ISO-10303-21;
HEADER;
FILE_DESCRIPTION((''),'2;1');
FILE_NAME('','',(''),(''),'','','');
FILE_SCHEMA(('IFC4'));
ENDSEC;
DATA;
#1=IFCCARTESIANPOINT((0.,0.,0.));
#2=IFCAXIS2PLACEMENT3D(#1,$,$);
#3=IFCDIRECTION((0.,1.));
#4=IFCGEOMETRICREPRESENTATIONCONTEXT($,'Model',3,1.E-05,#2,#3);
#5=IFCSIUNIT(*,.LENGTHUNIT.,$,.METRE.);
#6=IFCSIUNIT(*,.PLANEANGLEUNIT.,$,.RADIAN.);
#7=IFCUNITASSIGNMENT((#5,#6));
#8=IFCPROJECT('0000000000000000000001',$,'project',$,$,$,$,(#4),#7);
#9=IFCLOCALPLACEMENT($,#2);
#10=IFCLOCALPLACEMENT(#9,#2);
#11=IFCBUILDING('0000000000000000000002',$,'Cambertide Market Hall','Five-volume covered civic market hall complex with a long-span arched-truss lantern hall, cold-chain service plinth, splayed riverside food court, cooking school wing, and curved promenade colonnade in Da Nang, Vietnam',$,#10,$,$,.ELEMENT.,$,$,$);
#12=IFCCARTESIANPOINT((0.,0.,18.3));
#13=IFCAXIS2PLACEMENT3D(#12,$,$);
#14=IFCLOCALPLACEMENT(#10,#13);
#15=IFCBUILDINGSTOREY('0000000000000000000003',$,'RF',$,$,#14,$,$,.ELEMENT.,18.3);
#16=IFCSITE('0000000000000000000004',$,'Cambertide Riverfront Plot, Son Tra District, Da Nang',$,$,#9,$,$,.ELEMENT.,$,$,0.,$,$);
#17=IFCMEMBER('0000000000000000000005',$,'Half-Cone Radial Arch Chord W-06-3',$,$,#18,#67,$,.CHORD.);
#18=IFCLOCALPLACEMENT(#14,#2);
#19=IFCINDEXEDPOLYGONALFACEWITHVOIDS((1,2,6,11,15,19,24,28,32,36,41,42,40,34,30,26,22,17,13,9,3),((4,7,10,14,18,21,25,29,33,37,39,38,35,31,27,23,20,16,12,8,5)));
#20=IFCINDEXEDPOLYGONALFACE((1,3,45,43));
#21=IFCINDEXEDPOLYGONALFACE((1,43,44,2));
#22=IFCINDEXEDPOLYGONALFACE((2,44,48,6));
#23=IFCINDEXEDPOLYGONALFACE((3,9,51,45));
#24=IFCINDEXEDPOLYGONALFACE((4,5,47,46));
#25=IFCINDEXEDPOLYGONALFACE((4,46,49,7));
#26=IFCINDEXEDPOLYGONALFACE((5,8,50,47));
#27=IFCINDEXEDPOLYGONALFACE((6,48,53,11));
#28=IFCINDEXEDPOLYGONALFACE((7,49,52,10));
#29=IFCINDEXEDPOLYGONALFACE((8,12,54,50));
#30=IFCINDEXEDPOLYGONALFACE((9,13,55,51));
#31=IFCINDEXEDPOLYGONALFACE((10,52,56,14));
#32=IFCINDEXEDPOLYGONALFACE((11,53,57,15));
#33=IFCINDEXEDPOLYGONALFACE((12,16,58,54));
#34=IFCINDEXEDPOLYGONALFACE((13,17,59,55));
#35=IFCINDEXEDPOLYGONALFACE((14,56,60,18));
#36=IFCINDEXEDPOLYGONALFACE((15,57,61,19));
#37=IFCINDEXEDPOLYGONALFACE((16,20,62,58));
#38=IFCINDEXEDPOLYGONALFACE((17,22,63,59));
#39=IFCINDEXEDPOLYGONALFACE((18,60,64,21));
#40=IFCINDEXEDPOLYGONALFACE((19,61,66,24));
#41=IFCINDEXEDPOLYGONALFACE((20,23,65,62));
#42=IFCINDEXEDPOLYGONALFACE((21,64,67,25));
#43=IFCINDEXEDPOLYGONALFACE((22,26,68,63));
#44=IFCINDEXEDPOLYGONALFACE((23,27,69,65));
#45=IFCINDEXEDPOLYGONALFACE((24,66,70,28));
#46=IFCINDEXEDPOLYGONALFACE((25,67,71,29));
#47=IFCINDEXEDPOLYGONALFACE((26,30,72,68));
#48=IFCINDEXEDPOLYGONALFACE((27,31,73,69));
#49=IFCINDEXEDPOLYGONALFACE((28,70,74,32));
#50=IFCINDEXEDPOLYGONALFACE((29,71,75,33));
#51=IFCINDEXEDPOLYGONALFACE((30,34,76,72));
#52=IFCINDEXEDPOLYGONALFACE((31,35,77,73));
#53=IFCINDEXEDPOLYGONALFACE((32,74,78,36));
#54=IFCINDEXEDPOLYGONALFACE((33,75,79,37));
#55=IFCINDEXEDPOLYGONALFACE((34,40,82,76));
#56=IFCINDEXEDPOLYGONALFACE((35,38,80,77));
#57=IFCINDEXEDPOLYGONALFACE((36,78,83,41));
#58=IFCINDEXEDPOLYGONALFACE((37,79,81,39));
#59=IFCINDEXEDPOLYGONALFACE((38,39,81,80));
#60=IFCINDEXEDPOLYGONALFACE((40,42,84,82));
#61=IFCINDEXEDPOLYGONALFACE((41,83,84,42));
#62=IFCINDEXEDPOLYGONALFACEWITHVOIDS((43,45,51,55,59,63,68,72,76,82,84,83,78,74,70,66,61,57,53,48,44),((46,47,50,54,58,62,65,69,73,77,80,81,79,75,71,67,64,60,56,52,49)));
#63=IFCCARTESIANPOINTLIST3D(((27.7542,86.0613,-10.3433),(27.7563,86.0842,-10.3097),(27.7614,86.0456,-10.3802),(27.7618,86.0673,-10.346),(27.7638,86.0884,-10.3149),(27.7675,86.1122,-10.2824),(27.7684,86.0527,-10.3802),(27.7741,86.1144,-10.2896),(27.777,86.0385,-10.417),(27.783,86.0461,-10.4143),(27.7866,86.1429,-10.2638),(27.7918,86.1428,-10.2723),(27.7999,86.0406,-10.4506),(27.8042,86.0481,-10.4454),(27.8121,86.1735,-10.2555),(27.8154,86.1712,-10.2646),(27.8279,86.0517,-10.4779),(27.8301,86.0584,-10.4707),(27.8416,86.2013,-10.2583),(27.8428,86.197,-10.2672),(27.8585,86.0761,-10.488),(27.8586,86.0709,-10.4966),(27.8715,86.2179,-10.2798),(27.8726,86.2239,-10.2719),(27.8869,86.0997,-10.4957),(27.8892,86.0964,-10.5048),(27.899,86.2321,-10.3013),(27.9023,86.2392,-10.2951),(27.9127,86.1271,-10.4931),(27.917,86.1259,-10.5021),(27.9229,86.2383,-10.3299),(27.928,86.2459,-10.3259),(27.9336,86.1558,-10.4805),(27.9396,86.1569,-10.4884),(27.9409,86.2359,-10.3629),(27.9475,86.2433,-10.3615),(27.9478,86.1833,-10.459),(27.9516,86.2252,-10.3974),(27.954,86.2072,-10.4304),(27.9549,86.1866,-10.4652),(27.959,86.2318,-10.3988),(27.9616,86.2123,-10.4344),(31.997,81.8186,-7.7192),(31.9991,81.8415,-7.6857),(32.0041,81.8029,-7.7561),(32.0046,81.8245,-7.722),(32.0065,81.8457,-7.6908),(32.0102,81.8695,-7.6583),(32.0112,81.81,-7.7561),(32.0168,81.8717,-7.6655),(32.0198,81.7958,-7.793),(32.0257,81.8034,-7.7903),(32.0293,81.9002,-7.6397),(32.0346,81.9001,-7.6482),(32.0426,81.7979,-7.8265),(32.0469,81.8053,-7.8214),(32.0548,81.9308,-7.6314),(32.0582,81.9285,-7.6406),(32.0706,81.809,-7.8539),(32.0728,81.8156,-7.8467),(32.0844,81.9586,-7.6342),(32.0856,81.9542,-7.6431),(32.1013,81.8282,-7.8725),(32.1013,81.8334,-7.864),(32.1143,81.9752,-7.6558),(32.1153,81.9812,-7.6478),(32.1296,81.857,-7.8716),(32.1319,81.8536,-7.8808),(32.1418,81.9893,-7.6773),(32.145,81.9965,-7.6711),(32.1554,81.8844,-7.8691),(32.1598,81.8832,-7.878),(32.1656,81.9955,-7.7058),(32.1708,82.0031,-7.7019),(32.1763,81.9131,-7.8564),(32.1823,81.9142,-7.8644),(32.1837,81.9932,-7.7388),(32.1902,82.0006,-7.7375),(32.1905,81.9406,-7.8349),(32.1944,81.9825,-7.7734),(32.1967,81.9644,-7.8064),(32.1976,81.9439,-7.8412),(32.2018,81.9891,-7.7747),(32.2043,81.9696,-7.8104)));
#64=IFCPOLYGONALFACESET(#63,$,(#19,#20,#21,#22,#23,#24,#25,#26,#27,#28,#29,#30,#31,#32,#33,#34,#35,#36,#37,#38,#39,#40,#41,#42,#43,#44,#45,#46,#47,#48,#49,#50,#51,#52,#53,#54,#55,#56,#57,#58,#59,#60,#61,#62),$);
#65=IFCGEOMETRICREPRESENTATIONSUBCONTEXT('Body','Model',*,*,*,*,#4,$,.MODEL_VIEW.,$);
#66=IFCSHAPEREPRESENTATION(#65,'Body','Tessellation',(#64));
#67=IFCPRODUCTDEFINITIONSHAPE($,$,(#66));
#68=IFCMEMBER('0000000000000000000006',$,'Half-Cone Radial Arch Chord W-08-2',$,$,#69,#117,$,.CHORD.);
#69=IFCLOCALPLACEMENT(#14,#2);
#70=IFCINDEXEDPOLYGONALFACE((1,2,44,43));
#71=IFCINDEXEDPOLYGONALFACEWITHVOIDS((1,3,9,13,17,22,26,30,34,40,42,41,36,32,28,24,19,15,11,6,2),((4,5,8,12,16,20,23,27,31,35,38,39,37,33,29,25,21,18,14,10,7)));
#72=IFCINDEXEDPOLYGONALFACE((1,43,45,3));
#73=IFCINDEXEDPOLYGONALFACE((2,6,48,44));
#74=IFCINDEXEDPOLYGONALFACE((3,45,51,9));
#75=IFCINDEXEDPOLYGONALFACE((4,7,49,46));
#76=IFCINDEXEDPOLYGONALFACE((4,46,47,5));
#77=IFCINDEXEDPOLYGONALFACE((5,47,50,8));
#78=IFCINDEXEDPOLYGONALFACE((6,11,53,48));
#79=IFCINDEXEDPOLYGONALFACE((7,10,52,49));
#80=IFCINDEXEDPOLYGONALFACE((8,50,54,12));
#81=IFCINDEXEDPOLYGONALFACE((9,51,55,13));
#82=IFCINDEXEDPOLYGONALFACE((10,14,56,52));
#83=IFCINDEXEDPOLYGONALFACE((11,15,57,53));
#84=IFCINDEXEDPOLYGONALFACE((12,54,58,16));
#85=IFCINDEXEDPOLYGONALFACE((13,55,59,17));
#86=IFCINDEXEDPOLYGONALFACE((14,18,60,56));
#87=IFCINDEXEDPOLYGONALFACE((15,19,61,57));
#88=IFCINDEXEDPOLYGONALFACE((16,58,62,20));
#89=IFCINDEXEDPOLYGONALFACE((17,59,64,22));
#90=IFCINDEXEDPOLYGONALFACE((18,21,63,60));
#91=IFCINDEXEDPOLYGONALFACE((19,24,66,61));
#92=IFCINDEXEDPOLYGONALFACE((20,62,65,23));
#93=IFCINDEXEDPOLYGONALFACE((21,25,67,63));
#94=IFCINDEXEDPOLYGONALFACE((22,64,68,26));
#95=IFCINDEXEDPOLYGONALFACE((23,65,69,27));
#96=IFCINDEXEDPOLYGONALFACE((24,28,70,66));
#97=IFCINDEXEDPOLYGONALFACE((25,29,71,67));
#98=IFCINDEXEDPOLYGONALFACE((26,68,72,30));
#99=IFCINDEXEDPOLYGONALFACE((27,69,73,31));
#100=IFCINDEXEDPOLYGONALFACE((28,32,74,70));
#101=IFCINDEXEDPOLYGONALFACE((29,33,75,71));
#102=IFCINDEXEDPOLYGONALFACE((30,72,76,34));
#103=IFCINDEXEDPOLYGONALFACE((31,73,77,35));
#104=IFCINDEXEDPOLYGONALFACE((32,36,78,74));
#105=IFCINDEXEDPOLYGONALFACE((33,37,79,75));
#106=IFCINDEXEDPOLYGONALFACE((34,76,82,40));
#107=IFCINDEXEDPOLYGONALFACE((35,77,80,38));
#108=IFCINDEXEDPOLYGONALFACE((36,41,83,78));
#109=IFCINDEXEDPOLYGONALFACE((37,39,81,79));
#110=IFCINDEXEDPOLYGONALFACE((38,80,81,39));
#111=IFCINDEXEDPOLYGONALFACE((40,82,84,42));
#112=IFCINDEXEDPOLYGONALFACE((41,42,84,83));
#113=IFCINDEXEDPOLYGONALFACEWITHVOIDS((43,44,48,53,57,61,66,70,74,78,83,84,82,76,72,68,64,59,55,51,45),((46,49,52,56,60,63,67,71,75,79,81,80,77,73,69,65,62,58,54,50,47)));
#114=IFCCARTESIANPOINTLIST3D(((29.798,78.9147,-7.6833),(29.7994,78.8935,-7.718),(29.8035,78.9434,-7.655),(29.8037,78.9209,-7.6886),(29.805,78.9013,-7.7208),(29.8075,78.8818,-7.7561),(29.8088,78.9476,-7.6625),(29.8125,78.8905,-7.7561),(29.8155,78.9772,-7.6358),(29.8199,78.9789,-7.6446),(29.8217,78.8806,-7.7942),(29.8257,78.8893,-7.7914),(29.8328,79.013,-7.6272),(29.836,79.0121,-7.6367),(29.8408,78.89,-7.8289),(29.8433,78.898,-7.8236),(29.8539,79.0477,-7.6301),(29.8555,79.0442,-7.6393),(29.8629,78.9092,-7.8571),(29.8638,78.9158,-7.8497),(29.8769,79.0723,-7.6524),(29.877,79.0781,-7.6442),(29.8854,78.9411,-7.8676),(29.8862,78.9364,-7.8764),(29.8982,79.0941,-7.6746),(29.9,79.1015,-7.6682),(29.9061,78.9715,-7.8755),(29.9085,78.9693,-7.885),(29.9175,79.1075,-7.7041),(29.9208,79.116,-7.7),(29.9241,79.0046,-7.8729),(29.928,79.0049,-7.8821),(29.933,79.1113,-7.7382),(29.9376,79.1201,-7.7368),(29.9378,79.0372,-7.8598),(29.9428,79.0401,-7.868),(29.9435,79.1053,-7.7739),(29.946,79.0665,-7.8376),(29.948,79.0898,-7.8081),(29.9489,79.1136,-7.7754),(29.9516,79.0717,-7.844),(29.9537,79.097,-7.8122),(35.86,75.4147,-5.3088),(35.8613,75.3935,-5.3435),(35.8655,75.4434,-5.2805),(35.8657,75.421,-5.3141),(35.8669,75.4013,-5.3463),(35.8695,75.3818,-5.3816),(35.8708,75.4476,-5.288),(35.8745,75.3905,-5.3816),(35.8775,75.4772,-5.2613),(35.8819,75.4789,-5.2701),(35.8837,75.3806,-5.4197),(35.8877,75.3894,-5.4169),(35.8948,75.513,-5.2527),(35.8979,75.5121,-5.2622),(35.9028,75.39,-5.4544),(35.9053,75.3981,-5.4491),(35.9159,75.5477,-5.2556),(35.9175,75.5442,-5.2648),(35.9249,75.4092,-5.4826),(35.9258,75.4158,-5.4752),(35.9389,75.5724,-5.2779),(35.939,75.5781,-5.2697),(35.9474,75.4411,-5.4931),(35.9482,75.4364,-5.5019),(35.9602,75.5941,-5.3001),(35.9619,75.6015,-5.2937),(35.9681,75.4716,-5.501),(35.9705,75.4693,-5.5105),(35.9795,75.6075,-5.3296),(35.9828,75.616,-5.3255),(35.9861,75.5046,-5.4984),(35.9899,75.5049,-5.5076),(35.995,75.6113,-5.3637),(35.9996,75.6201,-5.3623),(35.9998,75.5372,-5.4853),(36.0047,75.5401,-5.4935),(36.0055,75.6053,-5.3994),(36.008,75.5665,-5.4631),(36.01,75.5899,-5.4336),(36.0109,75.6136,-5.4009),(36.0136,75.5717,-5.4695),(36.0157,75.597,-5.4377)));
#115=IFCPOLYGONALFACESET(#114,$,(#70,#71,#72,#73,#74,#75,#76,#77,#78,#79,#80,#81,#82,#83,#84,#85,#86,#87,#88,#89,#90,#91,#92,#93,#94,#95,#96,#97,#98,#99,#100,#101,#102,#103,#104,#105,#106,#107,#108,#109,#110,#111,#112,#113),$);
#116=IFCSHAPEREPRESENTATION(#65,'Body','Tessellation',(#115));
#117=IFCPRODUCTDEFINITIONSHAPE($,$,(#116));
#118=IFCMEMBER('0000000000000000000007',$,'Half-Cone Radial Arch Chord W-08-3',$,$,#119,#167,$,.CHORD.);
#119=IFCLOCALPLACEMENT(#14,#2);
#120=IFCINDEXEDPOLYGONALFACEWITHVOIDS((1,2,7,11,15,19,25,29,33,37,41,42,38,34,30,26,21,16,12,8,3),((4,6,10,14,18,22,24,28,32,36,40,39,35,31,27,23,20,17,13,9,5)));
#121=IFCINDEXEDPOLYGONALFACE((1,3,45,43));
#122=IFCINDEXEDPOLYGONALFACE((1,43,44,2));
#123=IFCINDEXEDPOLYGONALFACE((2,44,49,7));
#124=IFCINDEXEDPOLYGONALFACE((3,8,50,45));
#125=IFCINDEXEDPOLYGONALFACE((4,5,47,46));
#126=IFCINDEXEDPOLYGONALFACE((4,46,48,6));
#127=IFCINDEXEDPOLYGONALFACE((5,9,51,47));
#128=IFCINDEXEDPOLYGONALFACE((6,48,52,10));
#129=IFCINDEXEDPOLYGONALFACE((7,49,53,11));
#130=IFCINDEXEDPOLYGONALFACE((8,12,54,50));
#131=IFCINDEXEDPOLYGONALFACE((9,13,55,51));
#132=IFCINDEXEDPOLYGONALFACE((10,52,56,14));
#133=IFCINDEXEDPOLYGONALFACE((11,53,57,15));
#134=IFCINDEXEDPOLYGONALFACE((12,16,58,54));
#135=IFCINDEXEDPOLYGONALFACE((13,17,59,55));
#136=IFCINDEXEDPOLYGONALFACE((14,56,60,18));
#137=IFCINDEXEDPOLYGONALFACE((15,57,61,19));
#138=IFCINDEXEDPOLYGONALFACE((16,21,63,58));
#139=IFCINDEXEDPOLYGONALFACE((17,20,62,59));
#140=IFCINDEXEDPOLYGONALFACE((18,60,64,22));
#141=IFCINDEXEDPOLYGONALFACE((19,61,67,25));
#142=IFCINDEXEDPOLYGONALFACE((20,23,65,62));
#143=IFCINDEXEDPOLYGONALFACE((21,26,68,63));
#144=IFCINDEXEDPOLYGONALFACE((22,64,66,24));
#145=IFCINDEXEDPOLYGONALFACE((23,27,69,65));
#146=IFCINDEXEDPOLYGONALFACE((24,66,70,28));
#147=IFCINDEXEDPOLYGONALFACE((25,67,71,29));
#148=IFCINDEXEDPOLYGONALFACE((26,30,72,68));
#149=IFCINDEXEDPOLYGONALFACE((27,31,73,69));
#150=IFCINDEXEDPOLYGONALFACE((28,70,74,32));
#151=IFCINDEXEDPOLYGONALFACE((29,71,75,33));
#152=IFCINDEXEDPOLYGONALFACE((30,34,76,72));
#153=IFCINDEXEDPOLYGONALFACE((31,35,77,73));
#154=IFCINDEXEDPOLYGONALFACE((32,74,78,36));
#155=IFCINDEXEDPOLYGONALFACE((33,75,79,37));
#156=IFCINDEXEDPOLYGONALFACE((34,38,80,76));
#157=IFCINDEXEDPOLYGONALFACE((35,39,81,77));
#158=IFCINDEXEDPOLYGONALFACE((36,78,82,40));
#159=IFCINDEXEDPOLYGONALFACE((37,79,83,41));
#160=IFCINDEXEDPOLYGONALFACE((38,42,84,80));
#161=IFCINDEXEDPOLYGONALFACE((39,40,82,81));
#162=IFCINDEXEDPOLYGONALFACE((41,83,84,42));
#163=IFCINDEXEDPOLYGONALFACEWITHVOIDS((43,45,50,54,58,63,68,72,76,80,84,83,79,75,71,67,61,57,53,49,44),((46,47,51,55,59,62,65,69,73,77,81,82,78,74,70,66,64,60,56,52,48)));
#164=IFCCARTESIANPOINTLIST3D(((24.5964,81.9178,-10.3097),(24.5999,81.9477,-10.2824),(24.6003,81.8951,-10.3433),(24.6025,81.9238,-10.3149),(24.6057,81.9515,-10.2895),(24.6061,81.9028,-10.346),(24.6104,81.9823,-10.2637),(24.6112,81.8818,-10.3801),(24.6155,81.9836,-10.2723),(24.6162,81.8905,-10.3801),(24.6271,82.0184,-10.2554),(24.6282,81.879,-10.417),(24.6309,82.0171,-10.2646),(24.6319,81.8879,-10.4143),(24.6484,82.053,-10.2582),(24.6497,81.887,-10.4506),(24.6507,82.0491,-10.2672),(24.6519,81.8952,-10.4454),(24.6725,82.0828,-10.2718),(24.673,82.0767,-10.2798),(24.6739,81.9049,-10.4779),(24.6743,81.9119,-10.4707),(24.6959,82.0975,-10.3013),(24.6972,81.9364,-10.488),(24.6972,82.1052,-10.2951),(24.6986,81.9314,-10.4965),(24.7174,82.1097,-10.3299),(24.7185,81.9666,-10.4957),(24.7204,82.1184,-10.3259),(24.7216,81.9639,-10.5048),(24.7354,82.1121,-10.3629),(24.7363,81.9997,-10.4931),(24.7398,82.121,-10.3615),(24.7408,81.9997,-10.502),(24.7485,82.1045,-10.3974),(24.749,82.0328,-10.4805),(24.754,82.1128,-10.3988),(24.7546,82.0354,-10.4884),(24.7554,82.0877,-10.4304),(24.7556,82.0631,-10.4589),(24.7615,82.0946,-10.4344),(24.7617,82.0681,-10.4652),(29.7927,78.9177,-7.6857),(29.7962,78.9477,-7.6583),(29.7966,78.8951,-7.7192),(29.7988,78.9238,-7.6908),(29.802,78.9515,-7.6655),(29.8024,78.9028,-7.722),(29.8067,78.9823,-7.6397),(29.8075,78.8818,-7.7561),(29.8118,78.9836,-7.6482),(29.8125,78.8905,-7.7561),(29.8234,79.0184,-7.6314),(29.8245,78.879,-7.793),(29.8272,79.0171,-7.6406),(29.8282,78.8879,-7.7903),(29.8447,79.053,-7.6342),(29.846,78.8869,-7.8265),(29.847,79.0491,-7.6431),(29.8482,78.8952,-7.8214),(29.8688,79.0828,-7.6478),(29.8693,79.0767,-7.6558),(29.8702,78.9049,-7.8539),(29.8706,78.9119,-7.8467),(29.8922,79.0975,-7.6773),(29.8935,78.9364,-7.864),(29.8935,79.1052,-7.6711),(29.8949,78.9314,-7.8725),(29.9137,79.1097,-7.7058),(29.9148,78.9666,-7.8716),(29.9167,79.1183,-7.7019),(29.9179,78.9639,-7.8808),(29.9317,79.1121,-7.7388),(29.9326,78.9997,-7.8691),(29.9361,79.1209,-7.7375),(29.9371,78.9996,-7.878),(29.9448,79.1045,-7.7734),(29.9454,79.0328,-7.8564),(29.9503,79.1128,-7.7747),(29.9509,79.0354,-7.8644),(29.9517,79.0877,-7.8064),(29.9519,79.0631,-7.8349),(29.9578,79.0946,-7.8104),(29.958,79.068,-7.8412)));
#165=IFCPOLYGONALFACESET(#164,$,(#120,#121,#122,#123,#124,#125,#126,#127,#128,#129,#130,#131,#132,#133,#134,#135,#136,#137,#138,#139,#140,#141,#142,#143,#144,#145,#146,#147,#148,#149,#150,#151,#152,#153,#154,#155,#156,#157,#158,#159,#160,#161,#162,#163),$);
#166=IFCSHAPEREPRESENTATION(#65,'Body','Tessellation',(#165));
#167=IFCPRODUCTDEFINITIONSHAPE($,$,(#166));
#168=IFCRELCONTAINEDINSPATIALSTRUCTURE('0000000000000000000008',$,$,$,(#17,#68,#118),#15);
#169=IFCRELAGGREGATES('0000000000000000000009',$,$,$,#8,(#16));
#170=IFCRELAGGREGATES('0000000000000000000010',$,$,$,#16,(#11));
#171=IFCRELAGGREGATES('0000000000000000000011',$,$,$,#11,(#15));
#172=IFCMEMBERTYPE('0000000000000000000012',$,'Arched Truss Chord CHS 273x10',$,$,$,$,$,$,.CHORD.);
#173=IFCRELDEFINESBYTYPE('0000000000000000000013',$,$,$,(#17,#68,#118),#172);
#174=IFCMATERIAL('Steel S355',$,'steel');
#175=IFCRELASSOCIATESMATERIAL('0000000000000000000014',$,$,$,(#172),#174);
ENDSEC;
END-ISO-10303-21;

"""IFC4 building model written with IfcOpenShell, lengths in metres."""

from ifc_helpers import new_model, si_unit, direction, frame, origin, origin_2d, place, context, subcontext, project, spatial, hollow_circle, extrude, material, material_profile, profile_set, type_object, element, save


model = new_model("IFC4")

# Units and contexts
model_context = context("Model", 3, precision=1e-05, world=origin(), true_north=direction((0.0, 1.0)))
body_context = subcontext(model_context, "Body", "Model", "MODEL_VIEW")
ifc_project = project(units=[si_unit("LENGTHUNIT", "METRE"), si_unit("PLANEANGLEUNIT", "RADIAN")], contexts=[model_context])

# Site, building, storey
site_placement = place(None, origin())
site = spatial("IfcSite", under=ifc_project, at=site_placement, Name="Cambertide Riverfront Plot, Son Tra District, Da Nang", CompositionType="ELEMENT", RefElevation=0.0)
building_placement = place(site_placement, origin())
building = spatial("IfcBuilding", under=site, at=building_placement, Name="Cambertide Market Hall", Description="Five-volume covered civic market hall complex with a long-span arched-truss lantern hall, cold-chain service plinth, splayed riverside food court, cooking school wing, and curved promenade colonnade in Da Nang, Vietnam", CompositionType="ELEMENT")
storey_placement = place(building_placement, frame((0.0, 0.0, 18.3)))
storey = spatial("IfcBuildingStorey", under=building, at=storey_placement, Name="RF", CompositionType="ELEMENT", Elevation=18.3)

# Members
ifc_material_1 = material(Name="Steel S355", Category="steel")
ifc_material_profile_1 = material_profile(ifc_material_1, hollow_circle(Radius=0.1365, WallThickness=0.01, at=origin_2d()), Name="CHS 273x10")
ifc_profile_set_1 = profile_set([ifc_material_profile_1], Name="Steel S355")
member_type_1 = type_object("IfcMemberType", Name="Arched Truss Chord CHS 273x10", PredefinedType="CHORD", material=ifc_profile_set_1)
member_1_placement = place(storey_placement, frame((32.1006, 81.8994, -7.7561), z_axis=(-0.647861, 0.647861, -0.400691), x_axis=(-0.707107, -0.707107, 0.0)))
element("IfcMember", 1, at=member_1_placement, inside=storey, type_object=member_type_1, Name="Half-Cone Radial Arch Chord W-06-3", PredefinedType="CHORD", context=body_context, shape_type="SweptSolid", body=[
    extrude(hollow_circle(Radius=0.1365, WallThickness=0.01, at=origin_2d()), origin(), (0.0, 0.0, 1.0), 6.5488),
])
member_2_placement = place(storey_placement, frame((35.9377, 75.5, -5.3816), z_axis=(-0.820118, 0.473508, -0.321243), x_axis=(-0.50001, -0.866019, 0.0)))
element("IfcMember", 2, at=member_2_placement, inside=storey, type_object=member_type_1, Name="Half-Cone Radial Arch Chord W-08-2", PredefinedType="CHORD", context=body_context, shape_type="SweptSolid", body=[
    extrude(hollow_circle(Radius=0.1365, WallThickness=0.01, at=origin_2d()), origin(), (0.0, 0.0, 1.0), 7.3916),
])
member_3_placement = place(storey_placement, frame((29.8757, 79.0, -7.7561), z_axis=(-0.793471, 0.458098, -0.400687), x_axis=(-0.49999, -0.866031, 0.0)))
element("IfcMember", 3, at=member_3_placement, inside=storey, type_object=member_type_1, Name="Half-Cone Radial Arch Chord W-08-3", PredefinedType="CHORD", context=body_context, shape_type="SweptSolid", body=[
    extrude(hollow_circle(Radius=0.1365, WallThickness=0.01, at=origin_2d()), origin(), (0.0, 0.0, 1.0), 6.5488),
])

save(model, "model.ifc")
